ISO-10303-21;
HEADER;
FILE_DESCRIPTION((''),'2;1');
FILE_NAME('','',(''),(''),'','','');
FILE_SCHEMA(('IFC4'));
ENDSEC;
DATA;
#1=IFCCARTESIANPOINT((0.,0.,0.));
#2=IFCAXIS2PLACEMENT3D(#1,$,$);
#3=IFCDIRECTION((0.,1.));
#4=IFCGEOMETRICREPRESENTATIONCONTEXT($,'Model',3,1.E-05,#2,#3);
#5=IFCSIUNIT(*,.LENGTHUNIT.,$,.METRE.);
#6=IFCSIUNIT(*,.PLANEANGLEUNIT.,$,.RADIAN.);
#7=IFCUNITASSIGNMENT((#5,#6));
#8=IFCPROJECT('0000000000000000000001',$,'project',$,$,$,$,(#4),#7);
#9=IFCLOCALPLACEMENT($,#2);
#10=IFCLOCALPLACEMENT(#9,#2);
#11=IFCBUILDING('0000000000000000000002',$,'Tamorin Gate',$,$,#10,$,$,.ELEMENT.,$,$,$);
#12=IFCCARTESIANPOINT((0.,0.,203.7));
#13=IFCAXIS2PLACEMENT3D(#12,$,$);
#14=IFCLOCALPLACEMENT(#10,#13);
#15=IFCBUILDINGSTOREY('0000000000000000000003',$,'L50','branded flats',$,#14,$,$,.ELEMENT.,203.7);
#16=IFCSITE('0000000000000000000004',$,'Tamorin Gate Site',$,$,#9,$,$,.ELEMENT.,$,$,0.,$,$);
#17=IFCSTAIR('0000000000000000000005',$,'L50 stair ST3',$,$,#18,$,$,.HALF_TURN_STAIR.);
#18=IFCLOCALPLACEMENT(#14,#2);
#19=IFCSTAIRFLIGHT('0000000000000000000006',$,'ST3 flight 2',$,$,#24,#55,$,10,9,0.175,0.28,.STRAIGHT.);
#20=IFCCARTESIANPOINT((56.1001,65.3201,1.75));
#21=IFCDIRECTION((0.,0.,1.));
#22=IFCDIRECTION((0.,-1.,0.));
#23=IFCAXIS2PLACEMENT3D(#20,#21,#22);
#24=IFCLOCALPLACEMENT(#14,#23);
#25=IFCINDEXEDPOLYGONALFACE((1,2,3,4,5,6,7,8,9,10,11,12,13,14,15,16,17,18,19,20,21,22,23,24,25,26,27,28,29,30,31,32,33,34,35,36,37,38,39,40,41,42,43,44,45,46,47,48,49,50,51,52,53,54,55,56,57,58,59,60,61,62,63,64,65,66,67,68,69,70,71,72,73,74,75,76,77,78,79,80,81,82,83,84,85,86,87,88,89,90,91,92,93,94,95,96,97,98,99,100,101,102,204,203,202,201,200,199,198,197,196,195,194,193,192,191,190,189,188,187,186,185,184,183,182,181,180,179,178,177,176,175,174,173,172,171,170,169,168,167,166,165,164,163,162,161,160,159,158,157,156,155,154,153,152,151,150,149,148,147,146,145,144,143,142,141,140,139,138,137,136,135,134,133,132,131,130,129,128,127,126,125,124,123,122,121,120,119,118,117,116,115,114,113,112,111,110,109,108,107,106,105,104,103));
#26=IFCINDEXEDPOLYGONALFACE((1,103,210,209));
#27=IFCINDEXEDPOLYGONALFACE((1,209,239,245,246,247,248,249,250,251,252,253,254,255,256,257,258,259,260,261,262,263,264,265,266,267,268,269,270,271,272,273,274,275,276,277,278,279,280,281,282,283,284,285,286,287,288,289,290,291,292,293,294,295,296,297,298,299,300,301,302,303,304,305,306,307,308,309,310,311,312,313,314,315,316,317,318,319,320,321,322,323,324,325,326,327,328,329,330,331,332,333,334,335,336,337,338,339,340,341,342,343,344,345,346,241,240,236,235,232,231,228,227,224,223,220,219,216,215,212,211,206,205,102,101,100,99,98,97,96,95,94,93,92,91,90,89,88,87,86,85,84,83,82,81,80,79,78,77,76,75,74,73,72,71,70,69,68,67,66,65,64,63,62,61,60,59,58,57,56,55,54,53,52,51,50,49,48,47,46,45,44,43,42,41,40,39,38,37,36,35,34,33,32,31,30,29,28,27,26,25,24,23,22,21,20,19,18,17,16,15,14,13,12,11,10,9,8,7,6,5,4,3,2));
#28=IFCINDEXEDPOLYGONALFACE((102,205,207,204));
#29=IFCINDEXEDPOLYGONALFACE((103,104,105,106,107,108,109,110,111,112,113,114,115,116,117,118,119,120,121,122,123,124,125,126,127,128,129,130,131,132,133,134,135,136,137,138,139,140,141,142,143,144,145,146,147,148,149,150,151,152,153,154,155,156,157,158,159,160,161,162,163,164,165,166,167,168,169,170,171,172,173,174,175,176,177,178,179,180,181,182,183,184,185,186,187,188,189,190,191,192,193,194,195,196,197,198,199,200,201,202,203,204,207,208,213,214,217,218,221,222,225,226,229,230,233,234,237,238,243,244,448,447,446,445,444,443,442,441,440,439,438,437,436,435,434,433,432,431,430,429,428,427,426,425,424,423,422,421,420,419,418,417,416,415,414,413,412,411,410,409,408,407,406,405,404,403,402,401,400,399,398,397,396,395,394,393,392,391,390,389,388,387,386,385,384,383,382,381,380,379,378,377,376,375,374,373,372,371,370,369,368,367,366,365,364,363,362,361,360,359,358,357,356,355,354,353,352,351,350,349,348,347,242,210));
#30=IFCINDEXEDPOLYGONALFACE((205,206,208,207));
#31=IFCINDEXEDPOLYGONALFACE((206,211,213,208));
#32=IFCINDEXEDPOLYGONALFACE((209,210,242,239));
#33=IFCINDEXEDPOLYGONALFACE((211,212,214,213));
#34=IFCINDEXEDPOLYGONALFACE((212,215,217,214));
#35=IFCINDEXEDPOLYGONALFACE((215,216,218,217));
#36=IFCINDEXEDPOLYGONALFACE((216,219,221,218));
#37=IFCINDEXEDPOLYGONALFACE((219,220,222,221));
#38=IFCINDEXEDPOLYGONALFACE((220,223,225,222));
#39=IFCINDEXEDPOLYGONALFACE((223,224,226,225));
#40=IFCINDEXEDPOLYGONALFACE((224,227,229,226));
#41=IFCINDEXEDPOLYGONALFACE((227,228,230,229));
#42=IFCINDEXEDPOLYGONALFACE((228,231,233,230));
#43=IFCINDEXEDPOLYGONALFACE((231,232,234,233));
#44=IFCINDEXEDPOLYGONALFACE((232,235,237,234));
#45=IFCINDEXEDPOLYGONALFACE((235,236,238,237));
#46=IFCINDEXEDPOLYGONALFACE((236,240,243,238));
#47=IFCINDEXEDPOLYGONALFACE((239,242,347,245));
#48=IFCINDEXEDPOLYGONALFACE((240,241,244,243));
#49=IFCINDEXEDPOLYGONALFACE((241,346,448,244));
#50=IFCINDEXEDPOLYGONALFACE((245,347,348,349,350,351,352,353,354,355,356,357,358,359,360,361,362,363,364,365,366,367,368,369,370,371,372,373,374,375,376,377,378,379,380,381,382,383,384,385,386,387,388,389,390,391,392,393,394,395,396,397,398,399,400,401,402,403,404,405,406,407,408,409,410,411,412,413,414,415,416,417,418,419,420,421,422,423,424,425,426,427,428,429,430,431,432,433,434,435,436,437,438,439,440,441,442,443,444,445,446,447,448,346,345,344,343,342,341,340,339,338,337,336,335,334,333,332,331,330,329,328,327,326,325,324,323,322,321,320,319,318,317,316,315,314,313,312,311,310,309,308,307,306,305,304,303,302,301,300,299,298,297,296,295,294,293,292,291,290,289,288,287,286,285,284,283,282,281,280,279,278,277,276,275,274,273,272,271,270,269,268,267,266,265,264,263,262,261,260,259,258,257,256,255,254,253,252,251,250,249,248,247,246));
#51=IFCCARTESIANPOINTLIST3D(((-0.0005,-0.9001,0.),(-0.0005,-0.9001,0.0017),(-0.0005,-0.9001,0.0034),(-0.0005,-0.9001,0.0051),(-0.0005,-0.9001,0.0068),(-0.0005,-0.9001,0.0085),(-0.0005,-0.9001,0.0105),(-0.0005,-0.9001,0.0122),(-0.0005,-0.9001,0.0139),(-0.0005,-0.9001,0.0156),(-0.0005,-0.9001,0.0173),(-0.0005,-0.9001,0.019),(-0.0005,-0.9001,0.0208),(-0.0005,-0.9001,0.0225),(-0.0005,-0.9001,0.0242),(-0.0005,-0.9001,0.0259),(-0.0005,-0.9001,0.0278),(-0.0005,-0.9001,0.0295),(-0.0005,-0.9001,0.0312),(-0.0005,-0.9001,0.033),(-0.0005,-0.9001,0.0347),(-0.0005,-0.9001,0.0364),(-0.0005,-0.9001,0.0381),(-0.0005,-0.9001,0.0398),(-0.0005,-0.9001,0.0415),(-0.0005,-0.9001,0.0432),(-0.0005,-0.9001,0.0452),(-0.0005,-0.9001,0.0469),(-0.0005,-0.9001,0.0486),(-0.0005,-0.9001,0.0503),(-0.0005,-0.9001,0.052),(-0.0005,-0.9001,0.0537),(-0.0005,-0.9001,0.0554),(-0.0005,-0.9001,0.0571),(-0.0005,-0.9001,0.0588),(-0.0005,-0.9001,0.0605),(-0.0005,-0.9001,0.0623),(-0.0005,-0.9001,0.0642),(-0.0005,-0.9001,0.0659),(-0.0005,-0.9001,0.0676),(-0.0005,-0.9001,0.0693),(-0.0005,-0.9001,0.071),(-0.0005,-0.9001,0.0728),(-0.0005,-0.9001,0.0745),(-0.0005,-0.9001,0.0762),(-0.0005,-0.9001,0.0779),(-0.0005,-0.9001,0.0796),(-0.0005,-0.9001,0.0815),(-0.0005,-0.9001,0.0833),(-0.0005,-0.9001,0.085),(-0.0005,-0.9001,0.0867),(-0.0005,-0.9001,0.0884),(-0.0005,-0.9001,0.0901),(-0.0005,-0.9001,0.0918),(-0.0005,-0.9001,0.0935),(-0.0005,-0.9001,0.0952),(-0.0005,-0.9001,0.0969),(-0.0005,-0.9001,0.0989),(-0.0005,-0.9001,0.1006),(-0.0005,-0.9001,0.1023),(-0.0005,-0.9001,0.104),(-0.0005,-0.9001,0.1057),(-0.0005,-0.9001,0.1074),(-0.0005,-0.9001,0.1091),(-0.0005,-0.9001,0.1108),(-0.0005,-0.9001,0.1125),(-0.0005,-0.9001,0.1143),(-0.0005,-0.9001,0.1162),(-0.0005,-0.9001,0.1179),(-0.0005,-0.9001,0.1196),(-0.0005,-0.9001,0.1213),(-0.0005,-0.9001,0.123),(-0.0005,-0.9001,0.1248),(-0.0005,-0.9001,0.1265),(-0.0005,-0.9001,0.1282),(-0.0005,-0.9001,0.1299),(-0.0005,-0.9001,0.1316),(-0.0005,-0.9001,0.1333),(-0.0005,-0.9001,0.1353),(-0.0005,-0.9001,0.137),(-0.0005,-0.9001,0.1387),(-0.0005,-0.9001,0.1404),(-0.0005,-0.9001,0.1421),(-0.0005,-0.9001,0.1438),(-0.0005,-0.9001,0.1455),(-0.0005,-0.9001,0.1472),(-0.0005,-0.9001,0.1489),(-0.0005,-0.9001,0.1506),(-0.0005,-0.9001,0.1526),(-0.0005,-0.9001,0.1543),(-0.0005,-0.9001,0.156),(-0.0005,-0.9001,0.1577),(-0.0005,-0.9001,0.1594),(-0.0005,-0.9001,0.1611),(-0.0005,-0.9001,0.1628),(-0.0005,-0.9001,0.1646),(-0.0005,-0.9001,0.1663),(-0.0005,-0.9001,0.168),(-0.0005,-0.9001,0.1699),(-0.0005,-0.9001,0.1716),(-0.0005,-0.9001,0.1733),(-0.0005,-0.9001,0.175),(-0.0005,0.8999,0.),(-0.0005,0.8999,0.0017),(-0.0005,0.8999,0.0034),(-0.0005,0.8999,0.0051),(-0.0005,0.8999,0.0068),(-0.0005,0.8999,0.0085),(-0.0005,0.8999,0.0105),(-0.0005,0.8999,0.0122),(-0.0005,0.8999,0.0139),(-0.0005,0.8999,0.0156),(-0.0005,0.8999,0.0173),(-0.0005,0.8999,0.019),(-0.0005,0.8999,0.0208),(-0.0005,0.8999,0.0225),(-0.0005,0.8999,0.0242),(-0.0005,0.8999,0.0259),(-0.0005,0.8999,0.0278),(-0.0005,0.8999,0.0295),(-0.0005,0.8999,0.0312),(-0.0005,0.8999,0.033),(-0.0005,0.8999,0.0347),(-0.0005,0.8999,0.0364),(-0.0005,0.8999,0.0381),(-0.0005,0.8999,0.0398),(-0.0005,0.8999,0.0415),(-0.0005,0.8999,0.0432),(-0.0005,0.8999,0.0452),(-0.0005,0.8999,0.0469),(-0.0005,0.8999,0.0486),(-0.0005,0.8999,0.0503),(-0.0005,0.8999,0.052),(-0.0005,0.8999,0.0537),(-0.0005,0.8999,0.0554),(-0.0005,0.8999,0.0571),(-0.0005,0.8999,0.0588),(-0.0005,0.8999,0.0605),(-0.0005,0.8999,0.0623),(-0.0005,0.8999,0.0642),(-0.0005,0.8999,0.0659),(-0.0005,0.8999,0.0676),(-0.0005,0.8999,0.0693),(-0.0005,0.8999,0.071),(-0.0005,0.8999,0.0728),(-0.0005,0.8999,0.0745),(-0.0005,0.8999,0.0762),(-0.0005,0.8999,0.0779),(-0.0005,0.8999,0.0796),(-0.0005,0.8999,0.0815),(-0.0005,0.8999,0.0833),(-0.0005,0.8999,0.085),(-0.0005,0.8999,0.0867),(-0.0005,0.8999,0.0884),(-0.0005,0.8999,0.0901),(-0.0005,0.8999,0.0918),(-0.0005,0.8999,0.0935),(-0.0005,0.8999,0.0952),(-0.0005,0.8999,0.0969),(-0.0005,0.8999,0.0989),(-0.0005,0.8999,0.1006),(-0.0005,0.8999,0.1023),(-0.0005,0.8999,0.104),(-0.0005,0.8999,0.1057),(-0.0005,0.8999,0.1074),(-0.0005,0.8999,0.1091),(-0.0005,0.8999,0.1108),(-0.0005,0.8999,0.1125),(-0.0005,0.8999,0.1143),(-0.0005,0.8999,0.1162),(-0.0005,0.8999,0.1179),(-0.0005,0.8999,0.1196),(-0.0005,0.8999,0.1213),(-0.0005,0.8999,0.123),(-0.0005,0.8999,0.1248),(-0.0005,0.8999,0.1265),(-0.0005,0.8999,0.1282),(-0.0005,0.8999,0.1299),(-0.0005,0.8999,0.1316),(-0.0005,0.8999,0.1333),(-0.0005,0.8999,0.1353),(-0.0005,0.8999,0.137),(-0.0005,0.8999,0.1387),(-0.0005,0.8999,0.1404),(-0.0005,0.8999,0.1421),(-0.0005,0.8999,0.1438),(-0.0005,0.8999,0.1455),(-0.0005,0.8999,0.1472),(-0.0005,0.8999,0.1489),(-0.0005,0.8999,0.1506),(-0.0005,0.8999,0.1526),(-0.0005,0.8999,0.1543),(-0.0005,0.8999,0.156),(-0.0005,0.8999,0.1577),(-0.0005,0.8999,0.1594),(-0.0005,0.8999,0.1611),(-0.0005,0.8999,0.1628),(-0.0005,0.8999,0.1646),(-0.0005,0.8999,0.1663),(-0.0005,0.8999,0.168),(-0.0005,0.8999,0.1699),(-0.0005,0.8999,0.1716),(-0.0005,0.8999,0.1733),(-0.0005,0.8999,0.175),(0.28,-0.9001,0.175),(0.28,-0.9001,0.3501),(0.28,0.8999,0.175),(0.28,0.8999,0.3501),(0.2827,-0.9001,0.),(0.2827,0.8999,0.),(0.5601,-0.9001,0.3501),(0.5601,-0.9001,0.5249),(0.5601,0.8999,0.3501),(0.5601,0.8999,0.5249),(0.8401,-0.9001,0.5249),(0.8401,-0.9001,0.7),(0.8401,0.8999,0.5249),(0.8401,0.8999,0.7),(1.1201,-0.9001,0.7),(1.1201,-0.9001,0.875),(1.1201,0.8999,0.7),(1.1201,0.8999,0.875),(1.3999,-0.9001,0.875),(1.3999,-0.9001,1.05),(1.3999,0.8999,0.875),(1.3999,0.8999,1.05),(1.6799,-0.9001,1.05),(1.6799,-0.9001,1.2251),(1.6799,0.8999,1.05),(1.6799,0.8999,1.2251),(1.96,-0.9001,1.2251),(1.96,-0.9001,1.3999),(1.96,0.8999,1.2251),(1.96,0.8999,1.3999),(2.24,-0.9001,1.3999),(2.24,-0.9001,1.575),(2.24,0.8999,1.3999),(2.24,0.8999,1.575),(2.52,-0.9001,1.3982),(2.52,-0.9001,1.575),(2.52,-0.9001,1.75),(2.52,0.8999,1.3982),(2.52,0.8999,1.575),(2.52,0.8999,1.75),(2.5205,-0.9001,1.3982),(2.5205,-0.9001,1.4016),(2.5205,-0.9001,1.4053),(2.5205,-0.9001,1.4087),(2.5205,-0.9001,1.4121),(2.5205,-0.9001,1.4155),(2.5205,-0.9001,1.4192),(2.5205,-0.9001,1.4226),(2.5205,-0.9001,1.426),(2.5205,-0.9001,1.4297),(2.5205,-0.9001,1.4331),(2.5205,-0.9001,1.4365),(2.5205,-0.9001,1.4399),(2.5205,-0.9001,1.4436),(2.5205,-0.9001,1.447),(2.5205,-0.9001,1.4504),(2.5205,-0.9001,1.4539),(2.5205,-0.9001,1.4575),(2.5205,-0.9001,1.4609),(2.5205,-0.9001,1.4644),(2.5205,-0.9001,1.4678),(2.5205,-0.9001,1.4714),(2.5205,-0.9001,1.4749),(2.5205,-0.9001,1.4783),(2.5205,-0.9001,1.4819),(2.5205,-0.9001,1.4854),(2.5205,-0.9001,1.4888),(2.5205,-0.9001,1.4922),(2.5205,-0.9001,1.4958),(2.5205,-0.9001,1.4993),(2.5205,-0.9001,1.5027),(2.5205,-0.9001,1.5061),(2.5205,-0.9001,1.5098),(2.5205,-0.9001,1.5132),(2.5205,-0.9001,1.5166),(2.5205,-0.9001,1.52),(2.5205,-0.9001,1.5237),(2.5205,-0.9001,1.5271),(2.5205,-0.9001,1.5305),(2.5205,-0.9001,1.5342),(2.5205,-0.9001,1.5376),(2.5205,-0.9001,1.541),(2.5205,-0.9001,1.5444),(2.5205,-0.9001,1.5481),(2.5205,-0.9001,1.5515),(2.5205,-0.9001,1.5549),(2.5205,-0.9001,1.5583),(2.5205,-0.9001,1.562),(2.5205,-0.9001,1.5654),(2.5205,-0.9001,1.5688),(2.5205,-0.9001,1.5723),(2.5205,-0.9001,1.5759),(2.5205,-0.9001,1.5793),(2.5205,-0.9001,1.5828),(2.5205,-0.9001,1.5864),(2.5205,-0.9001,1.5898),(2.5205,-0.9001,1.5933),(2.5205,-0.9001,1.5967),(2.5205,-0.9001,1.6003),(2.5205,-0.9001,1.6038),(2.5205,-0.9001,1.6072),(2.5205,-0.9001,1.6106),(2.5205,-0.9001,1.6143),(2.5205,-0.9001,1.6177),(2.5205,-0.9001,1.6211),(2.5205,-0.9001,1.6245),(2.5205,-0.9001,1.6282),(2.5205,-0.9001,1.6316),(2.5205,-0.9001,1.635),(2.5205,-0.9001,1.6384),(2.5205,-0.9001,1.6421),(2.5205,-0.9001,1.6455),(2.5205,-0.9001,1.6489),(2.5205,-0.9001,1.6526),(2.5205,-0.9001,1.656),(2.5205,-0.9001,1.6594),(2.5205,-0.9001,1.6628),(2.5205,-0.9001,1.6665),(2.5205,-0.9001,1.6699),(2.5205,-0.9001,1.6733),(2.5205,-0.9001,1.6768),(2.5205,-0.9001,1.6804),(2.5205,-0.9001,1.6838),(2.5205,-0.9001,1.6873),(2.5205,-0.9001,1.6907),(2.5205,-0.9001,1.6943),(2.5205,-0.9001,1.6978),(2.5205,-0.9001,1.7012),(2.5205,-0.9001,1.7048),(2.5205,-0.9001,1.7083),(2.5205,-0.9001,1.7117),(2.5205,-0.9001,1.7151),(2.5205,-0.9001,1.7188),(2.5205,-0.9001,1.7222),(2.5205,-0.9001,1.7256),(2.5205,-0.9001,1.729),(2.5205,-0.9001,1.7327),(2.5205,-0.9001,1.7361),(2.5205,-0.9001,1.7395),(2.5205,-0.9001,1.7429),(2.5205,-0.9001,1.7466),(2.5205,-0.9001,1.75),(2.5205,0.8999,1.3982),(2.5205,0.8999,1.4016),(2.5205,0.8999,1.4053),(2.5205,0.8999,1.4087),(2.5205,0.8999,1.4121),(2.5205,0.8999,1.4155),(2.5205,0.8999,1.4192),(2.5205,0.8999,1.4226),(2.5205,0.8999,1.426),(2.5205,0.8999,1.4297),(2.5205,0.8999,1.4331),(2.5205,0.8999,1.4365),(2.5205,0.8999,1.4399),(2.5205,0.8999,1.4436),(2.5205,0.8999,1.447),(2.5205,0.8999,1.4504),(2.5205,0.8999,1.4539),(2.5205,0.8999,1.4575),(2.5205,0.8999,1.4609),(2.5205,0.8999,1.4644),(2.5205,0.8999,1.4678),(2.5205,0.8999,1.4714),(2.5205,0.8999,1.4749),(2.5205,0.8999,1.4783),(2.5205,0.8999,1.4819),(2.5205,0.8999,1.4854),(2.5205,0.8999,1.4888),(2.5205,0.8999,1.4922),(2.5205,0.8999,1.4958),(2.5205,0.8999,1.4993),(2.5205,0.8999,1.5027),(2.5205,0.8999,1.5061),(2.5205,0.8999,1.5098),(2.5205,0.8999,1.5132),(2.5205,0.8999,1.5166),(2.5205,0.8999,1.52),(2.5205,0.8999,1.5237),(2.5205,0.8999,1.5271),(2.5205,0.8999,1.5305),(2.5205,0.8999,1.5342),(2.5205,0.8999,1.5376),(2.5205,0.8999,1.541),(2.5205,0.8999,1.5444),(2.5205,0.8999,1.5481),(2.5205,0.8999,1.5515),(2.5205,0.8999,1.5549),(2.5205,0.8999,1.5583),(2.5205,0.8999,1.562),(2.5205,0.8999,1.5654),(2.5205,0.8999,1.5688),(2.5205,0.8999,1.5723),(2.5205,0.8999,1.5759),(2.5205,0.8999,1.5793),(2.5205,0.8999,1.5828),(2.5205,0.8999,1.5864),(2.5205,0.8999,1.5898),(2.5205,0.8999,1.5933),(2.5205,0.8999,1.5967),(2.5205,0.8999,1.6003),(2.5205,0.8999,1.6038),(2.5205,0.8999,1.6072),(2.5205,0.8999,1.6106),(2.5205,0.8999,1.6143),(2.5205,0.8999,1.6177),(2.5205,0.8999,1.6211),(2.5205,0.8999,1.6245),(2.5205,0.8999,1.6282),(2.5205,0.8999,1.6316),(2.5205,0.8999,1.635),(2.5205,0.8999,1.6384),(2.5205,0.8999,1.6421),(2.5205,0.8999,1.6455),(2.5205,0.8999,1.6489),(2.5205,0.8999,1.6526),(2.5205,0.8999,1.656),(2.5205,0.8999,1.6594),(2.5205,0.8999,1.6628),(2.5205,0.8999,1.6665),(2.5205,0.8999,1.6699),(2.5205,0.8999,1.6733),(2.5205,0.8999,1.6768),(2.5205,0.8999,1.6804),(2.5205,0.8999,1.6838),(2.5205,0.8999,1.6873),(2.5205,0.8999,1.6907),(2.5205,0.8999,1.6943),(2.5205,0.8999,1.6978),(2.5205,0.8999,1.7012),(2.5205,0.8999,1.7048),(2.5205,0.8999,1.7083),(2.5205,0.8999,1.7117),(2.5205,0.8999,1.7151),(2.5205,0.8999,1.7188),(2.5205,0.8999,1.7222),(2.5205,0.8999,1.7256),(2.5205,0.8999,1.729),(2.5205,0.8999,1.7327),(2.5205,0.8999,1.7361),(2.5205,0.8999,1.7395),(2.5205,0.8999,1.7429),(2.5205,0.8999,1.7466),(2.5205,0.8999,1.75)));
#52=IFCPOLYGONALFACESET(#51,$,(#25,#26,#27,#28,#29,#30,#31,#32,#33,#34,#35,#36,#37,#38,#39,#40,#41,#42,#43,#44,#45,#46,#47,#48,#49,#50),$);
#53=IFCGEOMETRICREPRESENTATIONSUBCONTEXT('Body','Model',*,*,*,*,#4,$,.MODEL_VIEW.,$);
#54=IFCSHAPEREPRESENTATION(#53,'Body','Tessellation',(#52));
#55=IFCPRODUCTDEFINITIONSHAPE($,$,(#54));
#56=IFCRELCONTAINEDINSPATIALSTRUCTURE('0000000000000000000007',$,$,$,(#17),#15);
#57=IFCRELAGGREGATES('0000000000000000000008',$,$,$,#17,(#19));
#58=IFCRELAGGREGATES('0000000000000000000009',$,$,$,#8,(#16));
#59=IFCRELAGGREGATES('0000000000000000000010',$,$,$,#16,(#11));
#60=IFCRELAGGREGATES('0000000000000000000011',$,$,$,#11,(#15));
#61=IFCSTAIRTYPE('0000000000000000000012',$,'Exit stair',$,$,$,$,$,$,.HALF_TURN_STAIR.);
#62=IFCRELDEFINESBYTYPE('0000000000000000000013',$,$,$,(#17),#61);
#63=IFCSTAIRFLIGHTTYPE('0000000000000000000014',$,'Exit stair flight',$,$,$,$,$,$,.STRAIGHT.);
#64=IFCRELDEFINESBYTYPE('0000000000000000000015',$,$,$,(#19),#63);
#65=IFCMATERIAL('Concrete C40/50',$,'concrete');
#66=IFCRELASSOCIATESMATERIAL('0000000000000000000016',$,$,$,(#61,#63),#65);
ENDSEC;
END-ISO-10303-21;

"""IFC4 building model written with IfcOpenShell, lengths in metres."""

from ifc_helpers import new_model, si_unit, direction, frame, origin, place, context, subcontext, project, spatial, polyline, outline, extrude, material, type_object, element, aggregate, save


model = new_model("IFC4")

# Units and contexts
model_context = context("Model", 3, precision=1e-05, world=origin(), true_north=direction((0.0, 1.0)))
body_context = subcontext(model_context, "Body", "Model", "MODEL_VIEW")
ifc_project = project(units=[si_unit("LENGTHUNIT", "METRE"), si_unit("PLANEANGLEUNIT", "RADIAN")], contexts=[model_context])

# Site, building, storey
site_placement = place(None, origin())
site = spatial("IfcSite", under=ifc_project, at=site_placement, Name="Tamorin Gate Site", CompositionType="ELEMENT", RefElevation=0.0)
building_placement = place(site_placement, origin())
building = spatial("IfcBuilding", under=site, at=building_placement, Name="Tamorin Gate", CompositionType="ELEMENT")
storey_placement = place(building_placement, frame((0.0, 0.0, 203.7)))
storey = spatial("IfcBuildingStorey", under=building, at=storey_placement, Name="L50", Description="branded flats", CompositionType="ELEMENT", Elevation=203.7)

# Stair, stair flight
ifc_material_1 = material(Name="Concrete C40/50", Category="concrete")
stair_type = type_object("IfcStairType", Name="Exit stair", PredefinedType="HALF_TURN_STAIR", material=ifc_material_1)
stair_placement = place(storey_placement, origin())
stair = element("IfcStair", 1, at=stair_placement, inside=storey, type_object=stair_type, Name="L50 stair ST3", PredefinedType="HALF_TURN_STAIR")
stair_flight_type = type_object("IfcStairFlightType", Name="Exit stair flight", PredefinedType="STRAIGHT", material=ifc_material_1)
stair_flight_1_placement = place(storey_placement, frame((56.1001, 65.3201, 1.75), z_axis=(0.0, 0.0, 1.0), x_axis=(0.0, -1.0, 0.0)))
stair_flight_1 = element("IfcStairFlight", 2, at=stair_flight_1_placement, type_object=stair_flight_type, Name="ST3 flight 2", NumberOfRisers=10, NumberOfTreads=9, PredefinedType="STRAIGHT", RiserHeight=0.175, TreadLength=0.28, context=body_context, shape_type="SweptSolid", body=[
    extrude(outline(polyline([(-0.0005, 0.0), (-0.0005, 0.0017), (-0.0005, 0.0034), (-0.0005, 0.0051), (-0.0005, 0.0068), (-0.0005, 0.0085), (-0.0005, 0.0105), (-0.0005, 0.0122), (-0.0005, 0.0139), (-0.0005, 0.0156), (-0.0005, 0.0173), (-0.0005, 0.019), (-0.0005, 0.0208), (-0.0005, 0.0225), (-0.0005, 0.0242), (-0.0005, 0.0259), (-0.0005, 0.0278), (-0.0005, 0.0295), (-0.0005, 0.0312), (-0.0005, 0.033), (-0.0005, 0.0347), (-0.0005, 0.0364), (-0.0005, 0.0381), (-0.0005, 0.0398), (-0.0005, 0.0415), (-0.0005, 0.0432), (-0.0005, 0.0452), (-0.0005, 0.0469), (-0.0005, 0.0486), (-0.0005, 0.0503), (-0.0005, 0.052), (-0.0005, 0.0537), (-0.0005, 0.0554), (-0.0005, 0.0571), (-0.0005, 0.0588), (-0.0005, 0.0605), (-0.0005, 0.0623), (-0.0005, 0.0642), (-0.0005, 0.0659), (-0.0005, 0.0676), (-0.0005, 0.0693), (-0.0005, 0.071), (-0.0005, 0.0728), (-0.0005, 0.0745), (-0.0005, 0.0762), (-0.0005, 0.0779), (-0.0005, 0.0796), (-0.0005, 0.0815), (-0.0005, 0.0833), (-0.0005, 0.085), (-0.0005, 0.0867), (-0.0005, 0.0884), (-0.0005, 0.0901), (-0.0005, 0.0918), (-0.0005, 0.0935), (-0.0005, 0.0952), (-0.0005, 0.0969), (-0.0005, 0.0989), (-0.0005, 0.1006), (-0.0005, 0.1023), (-0.0005, 0.104), (-0.0005, 0.1057), (-0.0005, 0.1074), (-0.0005, 0.1091), (-0.0005, 0.1108), (-0.0005, 0.1125), (-0.0005, 0.1143), (-0.0005, 0.1162), (-0.0005, 0.1179), (-0.0005, 0.1196), (-0.0005, 0.1213), (-0.0005, 0.123), (-0.0005, 0.1248), (-0.0005, 0.1265), (-0.0005, 0.1282), (-0.0005, 0.1299), (-0.0005, 0.1316), (-0.0005, 0.1333), (-0.0005, 0.1353), (-0.0005, 0.137), (-0.0005, 0.1387), (-0.0005, 0.1404), (-0.0005, 0.1421), (-0.0005, 0.1438), (-0.0005, 0.1455), (-0.0005, 0.1472), (-0.0005, 0.1489), (-0.0005, 0.1506), (-0.0005, 0.1526), (-0.0005, 0.1543), (-0.0005, 0.156), (-0.0005, 0.1577), (-0.0005, 0.1594), (-0.0005, 0.1611), (-0.0005, 0.1628), (-0.0005, 0.1646), (-0.0005, 0.1663), (-0.0005, 0.168), (-0.0005, 0.1699), (-0.0005, 0.1716), (-0.0005, 0.1733), (-0.0005, 0.175), (0.28, 0.175), (0.28, 0.3501), (0.5601, 0.3501), (0.5601, 0.5249), (0.8401, 0.5249), (0.8401, 0.7), (1.1201, 0.7), (1.1201, 0.875), (1.3999, 0.875), (1.3999, 1.05), (1.6799, 1.05), (1.6799, 1.2251), (1.96, 1.2251), (1.96, 1.3999), (2.24, 1.3999), (2.24, 1.575), (2.52, 1.575), (2.52, 1.75), (2.5205, 1.75), (2.5205, 1.7466), (2.5205, 1.7429), (2.5205, 1.7395), (2.5205, 1.7361), (2.5205, 1.7327), (2.5205, 1.729), (2.5205, 1.7256), (2.5205, 1.7222), (2.5205, 1.7188), (2.5205, 1.7151), (2.5205, 1.7117), (2.5205, 1.7083), (2.5205, 1.7048), (2.5205, 1.7012), (2.5205, 1.6978), (2.5205, 1.6943), (2.5205, 1.6907), (2.5205, 1.6873), (2.5205, 1.6838), (2.5205, 1.6804), (2.5205, 1.6768), (2.5205, 1.6733), (2.5205, 1.6699), (2.5205, 1.6665), (2.5205, 1.6628), (2.5205, 1.6594), (2.5205, 1.656), (2.5205, 1.6526), (2.5205, 1.6489), (2.5205, 1.6455), (2.5205, 1.6421), (2.5205, 1.6384), (2.5205, 1.635), (2.5205, 1.6316), (2.5205, 1.6282), (2.5205, 1.6245), (2.5205, 1.6211), (2.5205, 1.6177), (2.5205, 1.6143), (2.5205, 1.6106), (2.5205, 1.6072), (2.5205, 1.6038), (2.5205, 1.6003), (2.5205, 1.5967), (2.5205, 1.5933), (2.5205, 1.5898), (2.5205, 1.5864), (2.5205, 1.5828), (2.5205, 1.5793), (2.5205, 1.5759), (2.5205, 1.5723), (2.5205, 1.5688), (2.5205, 1.5654), (2.5205, 1.562), (2.5205, 1.5583), (2.5205, 1.5549), (2.5205, 1.5515), (2.5205, 1.5481), (2.5205, 1.5444), (2.5205, 1.541), (2.5205, 1.5376), (2.5205, 1.5342), (2.5205, 1.5305), (2.5205, 1.5271), (2.5205, 1.5237), (2.5205, 1.52), (2.5205, 1.5166), (2.5205, 1.5132), (2.5205, 1.5098), (2.5205, 1.5061), (2.5205, 1.5027), (2.5205, 1.4993), (2.5205, 1.4958), (2.5205, 1.4922), (2.5205, 1.4888), (2.5205, 1.4854), (2.5205, 1.4819), (2.5205, 1.4783), (2.5205, 1.4749), (2.5205, 1.4714), (2.5205, 1.4678), (2.5205, 1.4644), (2.5205, 1.4609), (2.5205, 1.4575), (2.5205, 1.4539), (2.5205, 1.4504), (2.5205, 1.447), (2.5205, 1.4436), (2.5205, 1.4399), (2.5205, 1.4365), (2.5205, 1.4331), (2.5205, 1.4297), (2.5205, 1.426), (2.5205, 1.4226), (2.5205, 1.4192), (2.5205, 1.4155), (2.5205, 1.4121), (2.5205, 1.4087), (2.5205, 1.4053), (2.5205, 1.4016), (2.5205, 1.3982), (2.52, 1.3982), (0.2827, 0.0), (-0.0005, 0.0)])), frame((0.0, 0.8999, 0.0), z_axis=(0.0, -1.0, 0.0), x_axis=(1.0, 0.0, 0.0)), (0.0, 0.0, 1.0), 1.8),
])
aggregate(stair, [stair_flight_1])

save(model, "model.ifc")
